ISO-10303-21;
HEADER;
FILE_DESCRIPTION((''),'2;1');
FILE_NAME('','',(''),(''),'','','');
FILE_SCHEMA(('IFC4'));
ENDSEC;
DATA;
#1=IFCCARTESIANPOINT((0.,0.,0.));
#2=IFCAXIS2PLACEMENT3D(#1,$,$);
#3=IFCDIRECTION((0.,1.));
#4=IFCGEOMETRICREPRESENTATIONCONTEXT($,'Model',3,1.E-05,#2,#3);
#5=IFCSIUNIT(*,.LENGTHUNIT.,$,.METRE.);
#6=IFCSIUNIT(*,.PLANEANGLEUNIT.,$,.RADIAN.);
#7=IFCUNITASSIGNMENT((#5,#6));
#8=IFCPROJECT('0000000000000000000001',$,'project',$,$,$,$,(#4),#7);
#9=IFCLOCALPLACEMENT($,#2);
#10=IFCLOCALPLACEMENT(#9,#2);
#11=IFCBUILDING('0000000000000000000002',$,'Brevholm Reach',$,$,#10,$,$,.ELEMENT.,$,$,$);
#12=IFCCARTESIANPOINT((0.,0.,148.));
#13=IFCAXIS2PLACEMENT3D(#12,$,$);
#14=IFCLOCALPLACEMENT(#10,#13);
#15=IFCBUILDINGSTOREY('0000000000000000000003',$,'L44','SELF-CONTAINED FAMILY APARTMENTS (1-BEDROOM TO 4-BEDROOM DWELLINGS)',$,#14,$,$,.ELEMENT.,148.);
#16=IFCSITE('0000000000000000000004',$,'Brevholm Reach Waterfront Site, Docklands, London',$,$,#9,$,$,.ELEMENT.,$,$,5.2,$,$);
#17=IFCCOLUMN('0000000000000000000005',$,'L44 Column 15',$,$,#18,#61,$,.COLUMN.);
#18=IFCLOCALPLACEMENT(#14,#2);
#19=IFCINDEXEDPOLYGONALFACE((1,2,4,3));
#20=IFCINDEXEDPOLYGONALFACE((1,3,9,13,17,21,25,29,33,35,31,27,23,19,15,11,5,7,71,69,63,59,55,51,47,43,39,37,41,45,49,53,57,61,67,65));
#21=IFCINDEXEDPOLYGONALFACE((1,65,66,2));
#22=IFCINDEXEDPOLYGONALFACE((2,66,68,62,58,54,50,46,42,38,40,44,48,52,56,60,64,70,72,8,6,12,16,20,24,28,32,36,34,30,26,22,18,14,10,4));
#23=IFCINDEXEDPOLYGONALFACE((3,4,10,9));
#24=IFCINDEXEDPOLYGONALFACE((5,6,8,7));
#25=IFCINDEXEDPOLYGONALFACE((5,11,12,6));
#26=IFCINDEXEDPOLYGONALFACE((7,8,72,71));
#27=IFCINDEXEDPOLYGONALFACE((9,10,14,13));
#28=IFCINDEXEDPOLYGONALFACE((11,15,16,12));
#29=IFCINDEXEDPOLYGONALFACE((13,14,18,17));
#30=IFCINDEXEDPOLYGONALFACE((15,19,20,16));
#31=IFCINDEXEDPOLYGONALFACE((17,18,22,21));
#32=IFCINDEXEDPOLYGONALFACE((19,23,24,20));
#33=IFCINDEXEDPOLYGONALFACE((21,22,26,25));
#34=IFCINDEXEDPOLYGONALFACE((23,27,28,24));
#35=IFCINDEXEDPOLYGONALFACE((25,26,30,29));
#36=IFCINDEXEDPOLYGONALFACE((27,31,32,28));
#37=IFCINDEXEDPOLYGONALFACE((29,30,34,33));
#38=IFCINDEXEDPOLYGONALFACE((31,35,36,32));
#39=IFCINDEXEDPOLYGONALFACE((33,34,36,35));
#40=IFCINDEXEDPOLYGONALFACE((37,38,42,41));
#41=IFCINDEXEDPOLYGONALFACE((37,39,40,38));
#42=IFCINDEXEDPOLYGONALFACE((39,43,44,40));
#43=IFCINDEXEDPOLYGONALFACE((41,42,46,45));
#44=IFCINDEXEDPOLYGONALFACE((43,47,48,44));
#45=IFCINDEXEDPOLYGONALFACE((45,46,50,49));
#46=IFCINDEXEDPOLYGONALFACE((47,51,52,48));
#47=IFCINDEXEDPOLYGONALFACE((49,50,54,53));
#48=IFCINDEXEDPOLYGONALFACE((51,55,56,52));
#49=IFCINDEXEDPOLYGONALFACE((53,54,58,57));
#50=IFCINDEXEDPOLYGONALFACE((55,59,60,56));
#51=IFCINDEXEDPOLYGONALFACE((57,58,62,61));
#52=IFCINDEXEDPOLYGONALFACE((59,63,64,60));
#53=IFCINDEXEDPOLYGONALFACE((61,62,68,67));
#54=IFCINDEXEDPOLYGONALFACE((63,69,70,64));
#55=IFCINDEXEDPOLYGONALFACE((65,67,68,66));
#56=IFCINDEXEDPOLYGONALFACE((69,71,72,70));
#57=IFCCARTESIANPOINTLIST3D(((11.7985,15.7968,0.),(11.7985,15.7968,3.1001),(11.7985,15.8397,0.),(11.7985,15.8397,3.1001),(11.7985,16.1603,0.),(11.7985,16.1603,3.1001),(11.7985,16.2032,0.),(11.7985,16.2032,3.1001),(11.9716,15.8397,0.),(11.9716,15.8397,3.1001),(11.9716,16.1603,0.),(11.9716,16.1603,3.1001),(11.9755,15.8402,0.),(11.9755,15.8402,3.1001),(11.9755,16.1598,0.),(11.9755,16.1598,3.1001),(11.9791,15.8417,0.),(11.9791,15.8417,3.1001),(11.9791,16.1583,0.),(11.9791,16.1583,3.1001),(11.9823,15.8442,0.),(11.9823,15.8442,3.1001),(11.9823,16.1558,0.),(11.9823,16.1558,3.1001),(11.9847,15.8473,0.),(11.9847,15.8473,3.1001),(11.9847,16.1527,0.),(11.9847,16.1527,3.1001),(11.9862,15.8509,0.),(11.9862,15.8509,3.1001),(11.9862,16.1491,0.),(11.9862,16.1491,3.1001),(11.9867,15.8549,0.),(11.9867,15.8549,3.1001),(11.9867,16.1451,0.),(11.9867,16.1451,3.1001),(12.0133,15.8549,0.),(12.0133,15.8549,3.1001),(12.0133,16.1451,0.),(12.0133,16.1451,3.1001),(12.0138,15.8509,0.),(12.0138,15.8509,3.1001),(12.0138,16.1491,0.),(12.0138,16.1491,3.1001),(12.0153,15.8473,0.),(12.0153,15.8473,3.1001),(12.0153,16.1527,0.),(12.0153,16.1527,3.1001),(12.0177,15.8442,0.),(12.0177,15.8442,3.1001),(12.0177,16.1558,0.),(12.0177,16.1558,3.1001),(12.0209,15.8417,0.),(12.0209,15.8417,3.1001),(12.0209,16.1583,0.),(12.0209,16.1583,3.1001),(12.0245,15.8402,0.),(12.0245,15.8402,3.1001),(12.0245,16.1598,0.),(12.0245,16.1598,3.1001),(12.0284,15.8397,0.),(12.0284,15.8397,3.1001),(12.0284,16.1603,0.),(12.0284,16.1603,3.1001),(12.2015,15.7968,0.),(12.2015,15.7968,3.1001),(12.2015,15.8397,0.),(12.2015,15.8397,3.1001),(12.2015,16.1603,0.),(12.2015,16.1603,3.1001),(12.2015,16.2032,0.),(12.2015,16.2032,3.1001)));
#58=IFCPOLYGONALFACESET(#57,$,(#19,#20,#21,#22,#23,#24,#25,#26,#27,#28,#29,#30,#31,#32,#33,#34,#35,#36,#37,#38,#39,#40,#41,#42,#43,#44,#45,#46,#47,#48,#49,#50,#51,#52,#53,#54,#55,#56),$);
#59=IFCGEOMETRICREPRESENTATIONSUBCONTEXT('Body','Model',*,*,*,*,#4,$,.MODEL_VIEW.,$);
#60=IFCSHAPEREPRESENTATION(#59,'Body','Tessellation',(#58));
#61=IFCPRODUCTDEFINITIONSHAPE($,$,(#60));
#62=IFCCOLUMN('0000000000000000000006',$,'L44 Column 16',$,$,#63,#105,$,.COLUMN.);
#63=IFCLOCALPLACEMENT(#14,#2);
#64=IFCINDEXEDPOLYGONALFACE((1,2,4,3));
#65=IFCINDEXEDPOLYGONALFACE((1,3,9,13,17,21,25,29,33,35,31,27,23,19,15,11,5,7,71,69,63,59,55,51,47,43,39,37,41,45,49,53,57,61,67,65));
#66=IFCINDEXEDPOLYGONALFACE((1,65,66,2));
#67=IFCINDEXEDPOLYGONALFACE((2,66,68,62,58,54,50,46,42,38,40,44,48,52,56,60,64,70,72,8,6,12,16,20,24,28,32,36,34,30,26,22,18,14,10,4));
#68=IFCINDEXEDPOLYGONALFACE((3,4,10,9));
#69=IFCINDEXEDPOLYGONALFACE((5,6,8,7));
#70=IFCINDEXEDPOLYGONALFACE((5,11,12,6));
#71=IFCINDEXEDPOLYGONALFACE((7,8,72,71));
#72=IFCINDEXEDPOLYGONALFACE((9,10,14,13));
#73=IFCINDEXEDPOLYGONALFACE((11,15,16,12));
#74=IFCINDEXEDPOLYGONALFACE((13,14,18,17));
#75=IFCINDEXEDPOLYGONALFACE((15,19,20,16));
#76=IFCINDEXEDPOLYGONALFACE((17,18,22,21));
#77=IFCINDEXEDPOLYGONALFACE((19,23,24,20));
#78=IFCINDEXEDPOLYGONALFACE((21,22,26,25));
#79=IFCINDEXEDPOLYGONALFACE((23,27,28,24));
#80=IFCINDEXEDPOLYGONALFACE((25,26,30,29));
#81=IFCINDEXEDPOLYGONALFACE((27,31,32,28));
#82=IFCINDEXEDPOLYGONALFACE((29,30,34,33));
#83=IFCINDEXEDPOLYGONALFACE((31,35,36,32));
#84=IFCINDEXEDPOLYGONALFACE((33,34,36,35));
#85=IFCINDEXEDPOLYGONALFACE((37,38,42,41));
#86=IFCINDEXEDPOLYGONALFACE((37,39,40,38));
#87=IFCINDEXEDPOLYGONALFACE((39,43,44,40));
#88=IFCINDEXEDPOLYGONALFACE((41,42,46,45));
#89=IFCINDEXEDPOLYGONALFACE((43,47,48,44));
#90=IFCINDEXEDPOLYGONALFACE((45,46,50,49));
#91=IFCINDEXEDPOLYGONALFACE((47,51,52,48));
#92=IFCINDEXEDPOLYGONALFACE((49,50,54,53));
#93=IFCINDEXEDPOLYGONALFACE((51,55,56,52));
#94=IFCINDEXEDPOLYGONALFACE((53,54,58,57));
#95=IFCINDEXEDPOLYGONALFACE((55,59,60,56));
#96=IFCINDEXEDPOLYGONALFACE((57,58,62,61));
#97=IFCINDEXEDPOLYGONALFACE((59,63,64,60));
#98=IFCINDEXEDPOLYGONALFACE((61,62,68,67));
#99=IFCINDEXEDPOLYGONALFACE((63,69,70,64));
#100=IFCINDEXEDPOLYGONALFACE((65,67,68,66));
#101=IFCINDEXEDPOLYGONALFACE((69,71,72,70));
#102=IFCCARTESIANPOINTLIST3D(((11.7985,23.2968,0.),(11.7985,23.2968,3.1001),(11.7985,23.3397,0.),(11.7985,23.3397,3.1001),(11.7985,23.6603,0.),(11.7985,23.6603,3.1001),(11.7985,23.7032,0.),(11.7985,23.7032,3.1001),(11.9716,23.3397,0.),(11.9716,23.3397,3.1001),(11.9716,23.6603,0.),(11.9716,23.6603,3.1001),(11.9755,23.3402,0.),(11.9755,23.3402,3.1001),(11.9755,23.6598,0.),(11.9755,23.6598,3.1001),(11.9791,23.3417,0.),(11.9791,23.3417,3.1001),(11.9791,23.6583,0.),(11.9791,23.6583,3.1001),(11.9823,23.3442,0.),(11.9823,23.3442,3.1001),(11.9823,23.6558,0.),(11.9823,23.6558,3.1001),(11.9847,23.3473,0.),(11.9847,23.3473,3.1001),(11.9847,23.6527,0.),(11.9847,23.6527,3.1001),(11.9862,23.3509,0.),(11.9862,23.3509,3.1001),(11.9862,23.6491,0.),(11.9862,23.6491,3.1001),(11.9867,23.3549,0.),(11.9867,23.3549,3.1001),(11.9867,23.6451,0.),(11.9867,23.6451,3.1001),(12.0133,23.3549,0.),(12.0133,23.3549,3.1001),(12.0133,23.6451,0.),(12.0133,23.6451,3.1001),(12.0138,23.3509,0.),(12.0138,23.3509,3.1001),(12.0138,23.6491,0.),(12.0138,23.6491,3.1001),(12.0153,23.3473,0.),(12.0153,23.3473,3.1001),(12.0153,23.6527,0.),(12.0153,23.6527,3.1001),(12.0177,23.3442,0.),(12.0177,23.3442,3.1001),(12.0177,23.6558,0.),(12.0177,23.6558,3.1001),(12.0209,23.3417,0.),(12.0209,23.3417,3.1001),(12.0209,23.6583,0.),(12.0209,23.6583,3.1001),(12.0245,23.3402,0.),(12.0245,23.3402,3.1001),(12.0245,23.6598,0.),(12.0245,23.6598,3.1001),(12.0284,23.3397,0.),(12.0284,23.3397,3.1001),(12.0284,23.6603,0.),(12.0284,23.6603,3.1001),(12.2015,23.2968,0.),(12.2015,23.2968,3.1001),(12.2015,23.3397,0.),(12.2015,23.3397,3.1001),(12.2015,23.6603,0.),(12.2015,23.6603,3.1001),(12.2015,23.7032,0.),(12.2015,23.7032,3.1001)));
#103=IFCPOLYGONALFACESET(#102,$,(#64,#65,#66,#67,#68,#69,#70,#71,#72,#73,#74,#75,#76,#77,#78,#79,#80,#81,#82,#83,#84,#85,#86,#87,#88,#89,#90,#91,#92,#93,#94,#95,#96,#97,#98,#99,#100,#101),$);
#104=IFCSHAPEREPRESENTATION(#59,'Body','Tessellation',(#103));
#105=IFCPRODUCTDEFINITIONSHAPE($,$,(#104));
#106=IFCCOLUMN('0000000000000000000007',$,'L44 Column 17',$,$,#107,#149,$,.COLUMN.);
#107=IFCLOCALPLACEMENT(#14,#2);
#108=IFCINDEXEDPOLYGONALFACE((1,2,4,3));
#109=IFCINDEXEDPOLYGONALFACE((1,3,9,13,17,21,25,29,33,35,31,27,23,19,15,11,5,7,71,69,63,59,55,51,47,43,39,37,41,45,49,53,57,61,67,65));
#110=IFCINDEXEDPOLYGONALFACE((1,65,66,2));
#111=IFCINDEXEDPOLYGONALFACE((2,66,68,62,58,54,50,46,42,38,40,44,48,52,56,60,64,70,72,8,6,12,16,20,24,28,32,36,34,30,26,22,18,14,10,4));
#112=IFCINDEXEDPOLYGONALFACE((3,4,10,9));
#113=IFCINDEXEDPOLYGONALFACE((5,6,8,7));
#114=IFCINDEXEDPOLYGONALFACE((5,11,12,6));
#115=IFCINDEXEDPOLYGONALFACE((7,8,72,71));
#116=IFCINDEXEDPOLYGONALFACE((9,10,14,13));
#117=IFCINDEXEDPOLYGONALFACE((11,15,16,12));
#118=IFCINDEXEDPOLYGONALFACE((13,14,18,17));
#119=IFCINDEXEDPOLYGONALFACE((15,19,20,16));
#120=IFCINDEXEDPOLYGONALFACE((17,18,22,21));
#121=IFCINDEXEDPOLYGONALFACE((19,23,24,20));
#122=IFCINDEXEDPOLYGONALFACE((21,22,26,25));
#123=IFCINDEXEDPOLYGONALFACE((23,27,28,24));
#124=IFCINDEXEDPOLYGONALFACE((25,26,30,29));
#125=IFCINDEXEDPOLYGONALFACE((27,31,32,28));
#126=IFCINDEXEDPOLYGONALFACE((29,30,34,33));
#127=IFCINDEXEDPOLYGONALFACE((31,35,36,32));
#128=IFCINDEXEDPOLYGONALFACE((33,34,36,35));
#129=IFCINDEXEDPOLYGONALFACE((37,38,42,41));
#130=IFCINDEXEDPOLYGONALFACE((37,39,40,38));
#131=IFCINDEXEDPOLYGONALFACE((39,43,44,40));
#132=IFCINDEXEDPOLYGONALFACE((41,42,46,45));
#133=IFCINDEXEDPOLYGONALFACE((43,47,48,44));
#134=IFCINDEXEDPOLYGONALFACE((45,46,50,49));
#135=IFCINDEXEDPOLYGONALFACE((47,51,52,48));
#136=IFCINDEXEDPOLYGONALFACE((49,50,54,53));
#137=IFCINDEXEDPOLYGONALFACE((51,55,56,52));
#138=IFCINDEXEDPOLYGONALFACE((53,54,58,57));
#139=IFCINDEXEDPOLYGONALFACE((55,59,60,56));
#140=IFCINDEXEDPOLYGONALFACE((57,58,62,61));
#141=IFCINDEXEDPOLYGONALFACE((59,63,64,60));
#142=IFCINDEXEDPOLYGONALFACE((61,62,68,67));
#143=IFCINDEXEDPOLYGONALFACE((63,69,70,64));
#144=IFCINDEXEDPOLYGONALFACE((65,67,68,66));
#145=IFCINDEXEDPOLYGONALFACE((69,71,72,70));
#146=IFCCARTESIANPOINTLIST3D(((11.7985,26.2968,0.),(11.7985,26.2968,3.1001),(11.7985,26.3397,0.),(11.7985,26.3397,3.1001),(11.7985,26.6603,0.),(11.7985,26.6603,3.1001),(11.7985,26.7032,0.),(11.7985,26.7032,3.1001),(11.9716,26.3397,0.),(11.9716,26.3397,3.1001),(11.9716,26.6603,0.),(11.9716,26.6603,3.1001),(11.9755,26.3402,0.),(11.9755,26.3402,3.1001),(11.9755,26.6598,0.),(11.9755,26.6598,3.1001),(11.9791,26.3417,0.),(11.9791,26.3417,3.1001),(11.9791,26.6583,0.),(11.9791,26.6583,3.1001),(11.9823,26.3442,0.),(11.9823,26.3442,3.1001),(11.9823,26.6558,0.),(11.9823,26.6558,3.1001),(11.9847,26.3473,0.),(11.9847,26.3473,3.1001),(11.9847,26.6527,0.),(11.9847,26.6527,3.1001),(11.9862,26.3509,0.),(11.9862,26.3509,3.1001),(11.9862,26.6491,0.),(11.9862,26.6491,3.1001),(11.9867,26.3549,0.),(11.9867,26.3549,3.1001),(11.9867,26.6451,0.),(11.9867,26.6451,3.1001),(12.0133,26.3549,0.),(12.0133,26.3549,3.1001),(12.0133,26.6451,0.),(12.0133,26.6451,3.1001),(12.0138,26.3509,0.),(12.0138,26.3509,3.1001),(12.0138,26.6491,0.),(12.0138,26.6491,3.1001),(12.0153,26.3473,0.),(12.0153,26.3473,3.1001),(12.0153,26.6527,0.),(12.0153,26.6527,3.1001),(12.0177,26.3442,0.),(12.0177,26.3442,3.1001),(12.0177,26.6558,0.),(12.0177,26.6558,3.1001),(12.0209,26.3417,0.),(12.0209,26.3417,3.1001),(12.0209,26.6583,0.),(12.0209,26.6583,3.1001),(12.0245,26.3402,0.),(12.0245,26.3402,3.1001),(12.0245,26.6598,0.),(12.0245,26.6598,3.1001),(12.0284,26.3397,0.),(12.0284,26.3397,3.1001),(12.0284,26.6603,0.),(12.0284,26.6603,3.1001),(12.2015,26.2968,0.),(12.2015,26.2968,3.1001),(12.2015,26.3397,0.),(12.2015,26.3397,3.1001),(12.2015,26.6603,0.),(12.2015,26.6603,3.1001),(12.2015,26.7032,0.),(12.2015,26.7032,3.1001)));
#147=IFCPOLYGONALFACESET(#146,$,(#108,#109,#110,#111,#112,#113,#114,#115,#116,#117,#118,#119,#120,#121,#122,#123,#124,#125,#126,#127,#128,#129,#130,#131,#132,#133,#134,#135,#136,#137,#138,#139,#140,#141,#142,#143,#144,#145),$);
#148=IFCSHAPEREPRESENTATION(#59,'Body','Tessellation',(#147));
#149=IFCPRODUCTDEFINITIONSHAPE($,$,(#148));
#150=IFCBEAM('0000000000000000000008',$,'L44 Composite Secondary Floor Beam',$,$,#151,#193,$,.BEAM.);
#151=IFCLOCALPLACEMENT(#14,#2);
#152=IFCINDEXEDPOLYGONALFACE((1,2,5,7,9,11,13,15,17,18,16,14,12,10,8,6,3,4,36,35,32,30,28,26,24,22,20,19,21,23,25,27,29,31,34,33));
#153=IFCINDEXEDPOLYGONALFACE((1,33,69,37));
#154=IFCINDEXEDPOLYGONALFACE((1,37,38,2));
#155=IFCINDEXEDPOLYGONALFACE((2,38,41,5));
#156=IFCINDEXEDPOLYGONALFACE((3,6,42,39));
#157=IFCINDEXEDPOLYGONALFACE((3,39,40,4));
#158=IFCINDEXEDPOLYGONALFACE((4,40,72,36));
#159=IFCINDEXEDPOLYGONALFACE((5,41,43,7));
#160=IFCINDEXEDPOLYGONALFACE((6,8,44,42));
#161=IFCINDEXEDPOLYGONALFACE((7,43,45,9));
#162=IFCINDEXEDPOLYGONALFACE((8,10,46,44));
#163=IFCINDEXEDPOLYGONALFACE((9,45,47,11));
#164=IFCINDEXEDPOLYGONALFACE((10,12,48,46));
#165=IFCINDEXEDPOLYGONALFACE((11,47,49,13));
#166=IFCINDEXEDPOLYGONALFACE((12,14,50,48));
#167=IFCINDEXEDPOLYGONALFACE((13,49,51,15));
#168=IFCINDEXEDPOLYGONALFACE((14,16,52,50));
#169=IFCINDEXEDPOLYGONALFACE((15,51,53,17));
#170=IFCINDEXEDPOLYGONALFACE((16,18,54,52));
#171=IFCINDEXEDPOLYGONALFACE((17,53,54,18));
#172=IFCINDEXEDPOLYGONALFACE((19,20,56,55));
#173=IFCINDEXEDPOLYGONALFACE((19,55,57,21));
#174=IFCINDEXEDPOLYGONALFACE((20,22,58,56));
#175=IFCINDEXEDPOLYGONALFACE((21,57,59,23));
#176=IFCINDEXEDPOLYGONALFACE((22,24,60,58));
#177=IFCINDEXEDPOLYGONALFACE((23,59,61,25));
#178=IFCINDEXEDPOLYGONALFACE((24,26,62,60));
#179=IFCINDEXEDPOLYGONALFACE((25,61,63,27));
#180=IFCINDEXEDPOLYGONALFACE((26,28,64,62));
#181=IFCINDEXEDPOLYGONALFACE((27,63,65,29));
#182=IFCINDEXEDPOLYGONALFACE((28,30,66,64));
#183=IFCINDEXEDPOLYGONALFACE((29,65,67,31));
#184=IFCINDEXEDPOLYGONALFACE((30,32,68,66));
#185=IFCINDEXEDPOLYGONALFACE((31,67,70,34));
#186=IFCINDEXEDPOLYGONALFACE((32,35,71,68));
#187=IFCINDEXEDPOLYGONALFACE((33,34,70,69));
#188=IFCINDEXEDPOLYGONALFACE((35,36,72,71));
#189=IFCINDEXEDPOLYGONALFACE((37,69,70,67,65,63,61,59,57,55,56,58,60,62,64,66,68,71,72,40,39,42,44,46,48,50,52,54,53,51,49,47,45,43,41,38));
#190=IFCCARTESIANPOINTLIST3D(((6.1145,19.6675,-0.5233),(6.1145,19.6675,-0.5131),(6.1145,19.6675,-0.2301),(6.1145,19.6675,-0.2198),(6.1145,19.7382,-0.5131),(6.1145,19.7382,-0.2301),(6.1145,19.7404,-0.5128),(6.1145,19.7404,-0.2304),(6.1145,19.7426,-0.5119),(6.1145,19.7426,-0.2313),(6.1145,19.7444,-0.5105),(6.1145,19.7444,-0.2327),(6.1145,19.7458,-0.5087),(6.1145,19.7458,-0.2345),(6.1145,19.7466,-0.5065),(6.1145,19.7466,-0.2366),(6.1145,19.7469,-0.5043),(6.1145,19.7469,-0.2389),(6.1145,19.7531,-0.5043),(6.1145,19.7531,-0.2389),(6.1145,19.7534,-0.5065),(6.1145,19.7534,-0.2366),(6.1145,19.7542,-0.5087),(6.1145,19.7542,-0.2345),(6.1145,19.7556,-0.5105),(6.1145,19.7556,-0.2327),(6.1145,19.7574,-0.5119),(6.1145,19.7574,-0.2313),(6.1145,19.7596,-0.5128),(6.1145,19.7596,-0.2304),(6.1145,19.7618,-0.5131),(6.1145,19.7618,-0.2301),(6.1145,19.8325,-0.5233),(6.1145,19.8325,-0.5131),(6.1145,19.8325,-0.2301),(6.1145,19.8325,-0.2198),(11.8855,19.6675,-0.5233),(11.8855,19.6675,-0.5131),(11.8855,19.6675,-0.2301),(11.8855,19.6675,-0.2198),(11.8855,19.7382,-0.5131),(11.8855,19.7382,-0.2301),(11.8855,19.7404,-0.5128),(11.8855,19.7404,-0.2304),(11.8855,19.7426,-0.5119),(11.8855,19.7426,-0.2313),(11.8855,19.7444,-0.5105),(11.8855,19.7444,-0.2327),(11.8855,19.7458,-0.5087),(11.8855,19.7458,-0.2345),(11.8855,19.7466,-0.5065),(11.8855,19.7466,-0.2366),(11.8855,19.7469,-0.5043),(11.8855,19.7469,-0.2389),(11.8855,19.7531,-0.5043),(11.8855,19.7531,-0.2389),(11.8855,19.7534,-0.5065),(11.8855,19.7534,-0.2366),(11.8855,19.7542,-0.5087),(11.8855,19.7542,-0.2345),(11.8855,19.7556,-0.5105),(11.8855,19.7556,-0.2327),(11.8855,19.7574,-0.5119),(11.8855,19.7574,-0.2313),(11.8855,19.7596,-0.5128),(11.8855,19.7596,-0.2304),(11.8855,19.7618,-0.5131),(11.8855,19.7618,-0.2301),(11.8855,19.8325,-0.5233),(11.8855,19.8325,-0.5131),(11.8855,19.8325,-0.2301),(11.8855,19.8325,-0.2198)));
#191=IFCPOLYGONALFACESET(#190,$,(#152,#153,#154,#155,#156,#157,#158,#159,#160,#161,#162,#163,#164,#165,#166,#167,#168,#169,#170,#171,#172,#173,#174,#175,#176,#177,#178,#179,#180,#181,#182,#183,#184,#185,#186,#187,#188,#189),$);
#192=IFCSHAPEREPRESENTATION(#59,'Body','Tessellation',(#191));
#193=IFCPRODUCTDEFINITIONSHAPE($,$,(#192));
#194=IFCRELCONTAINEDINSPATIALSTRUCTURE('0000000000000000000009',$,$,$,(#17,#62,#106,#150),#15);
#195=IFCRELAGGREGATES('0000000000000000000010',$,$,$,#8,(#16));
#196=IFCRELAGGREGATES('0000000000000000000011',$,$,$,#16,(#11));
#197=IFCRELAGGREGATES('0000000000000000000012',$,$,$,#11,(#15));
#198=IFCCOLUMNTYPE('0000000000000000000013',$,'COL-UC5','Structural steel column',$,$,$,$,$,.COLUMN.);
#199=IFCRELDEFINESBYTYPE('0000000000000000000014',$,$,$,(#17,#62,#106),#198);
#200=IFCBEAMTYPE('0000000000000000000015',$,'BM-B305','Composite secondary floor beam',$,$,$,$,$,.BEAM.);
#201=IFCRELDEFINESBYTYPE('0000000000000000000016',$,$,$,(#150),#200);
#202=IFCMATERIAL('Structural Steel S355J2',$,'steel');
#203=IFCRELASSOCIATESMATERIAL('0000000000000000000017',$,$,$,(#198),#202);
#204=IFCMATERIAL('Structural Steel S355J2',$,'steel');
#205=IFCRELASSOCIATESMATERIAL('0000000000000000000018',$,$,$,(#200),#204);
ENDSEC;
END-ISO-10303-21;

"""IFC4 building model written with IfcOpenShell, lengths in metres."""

from ifc_helpers import new_model, si_unit, direction, frame, origin, origin_2d, place, context, subcontext, project, spatial, i_section, extrude, material, material_profile, profile_set, type_object, element, save


model = new_model("IFC4")

# Units and contexts
model_context = context("Model", 3, precision=1e-05, world=origin(), true_north=direction((0.0, 1.0)))
body_context = subcontext(model_context, "Body", "Model", "MODEL_VIEW")
ifc_project = project(units=[si_unit("LENGTHUNIT", "METRE"), si_unit("PLANEANGLEUNIT", "RADIAN")], contexts=[model_context])

# Site, building, storey
site_placement = place(None, origin())
site = spatial("IfcSite", under=ifc_project, at=site_placement, Name="Brevholm Reach Waterfront Site, Docklands, London", CompositionType="ELEMENT", RefElevation=5.2)
building_placement = place(site_placement, origin())
building = spatial("IfcBuilding", under=site, at=building_placement, Name="Brevholm Reach", CompositionType="ELEMENT")
storey_placement = place(building_placement, frame((0.0, 0.0, 148.0)))
storey = spatial("IfcBuildingStorey", under=building, at=storey_placement, Name="L44", Description="SELF-CONTAINED FAMILY APARTMENTS (1-BEDROOM TO 4-BEDROOM DWELLINGS)", CompositionType="ELEMENT", Elevation=148.0)

# Columns
ifc_material_1 = material(Name="Structural Steel S355J2", Category="steel")
ifc_material_profile_1 = material_profile(ifc_material_1, i_section(OverallWidth=0.4031, OverallDepth=0.4065, WebThickness=0.0266, FlangeThickness=0.043, FilletRadius=0.0151, at=origin_2d()), Name="UKC 356x406x340")
ifc_profile_set_1 = profile_set([ifc_material_profile_1], Name="Structural Steel S355J2")
column_type = type_object("IfcColumnType", Name="COL-UC5", Description="Structural steel column", PredefinedType="COLUMN", material=ifc_profile_set_1)
for number, where, z_axis, x_axis, name in (
    (1, (12.0, 16.0, 0.0), (0.0, 0.0, 1.0), (1.0, 0.0, 0.0), "L44 Column 15"),
    (2, (12.0, 23.5, 0.0), (0.0, 0.0, 1.0), (1.0, 0.0, 0.0), "L44 Column 16"),
    (3, (12.0, 26.5, 0.0), (0.0, 0.0, 1.0), (1.0, 0.0, 0.0), "L44 Column 17"),
):
    element("IfcColumn", number, at=place(storey_placement, frame(where, z_axis=z_axis, x_axis=x_axis)), inside=storey, type_object=column_type, Name=name, PredefinedType="COLUMN", context=body_context, shape_type="SweptSolid", body=[
        extrude(i_section(OverallWidth=0.4031, OverallDepth=0.4065, WebThickness=0.0266, FlangeThickness=0.043, FilletRadius=0.0151, at=origin_2d()), origin(), (0.0, 0.0, 1.0), 3.1001),
    ])

# Beam
ifc_material_2 = material(Name="Structural Steel S355J2", Category="steel")
ifc_material_profile_2 = material_profile(ifc_material_2, i_section(OverallWidth=0.165, OverallDepth=0.3035, WebThickness=0.0061, FlangeThickness=0.0103, FilletRadius=0.0088, at=origin_2d()), Name="UKB 305x165x40")
ifc_profile_set_2 = profile_set([ifc_material_profile_2], Name="Structural Steel S355J2")
beam_type_1 = type_object("IfcBeamType", Name="BM-B305", Description="Composite secondary floor beam", PredefinedType="BEAM", material=ifc_profile_set_2)
for number, where, z_axis, x_axis, name in (
    (4, (6.1145, 19.75, -0.3716), (1.0, 0.0, 0.0), (0.0, 1.0, 0.0), "L44 Composite Secondary Floor Beam"),
):
    element("IfcBeam", number, at=place(storey_placement, frame(where, z_axis=z_axis, x_axis=x_axis)), inside=storey, type_object=beam_type_1, Name=name, PredefinedType="BEAM", context=body_context, shape_type="SweptSolid", body=[
        extrude(i_section(OverallWidth=0.165, OverallDepth=0.3035, WebThickness=0.0061, FlangeThickness=0.0103, FilletRadius=0.0088, at=origin_2d()), origin(), (0.0, 0.0, 1.0), 5.771),
    ])

save(model, "model.ifc")
